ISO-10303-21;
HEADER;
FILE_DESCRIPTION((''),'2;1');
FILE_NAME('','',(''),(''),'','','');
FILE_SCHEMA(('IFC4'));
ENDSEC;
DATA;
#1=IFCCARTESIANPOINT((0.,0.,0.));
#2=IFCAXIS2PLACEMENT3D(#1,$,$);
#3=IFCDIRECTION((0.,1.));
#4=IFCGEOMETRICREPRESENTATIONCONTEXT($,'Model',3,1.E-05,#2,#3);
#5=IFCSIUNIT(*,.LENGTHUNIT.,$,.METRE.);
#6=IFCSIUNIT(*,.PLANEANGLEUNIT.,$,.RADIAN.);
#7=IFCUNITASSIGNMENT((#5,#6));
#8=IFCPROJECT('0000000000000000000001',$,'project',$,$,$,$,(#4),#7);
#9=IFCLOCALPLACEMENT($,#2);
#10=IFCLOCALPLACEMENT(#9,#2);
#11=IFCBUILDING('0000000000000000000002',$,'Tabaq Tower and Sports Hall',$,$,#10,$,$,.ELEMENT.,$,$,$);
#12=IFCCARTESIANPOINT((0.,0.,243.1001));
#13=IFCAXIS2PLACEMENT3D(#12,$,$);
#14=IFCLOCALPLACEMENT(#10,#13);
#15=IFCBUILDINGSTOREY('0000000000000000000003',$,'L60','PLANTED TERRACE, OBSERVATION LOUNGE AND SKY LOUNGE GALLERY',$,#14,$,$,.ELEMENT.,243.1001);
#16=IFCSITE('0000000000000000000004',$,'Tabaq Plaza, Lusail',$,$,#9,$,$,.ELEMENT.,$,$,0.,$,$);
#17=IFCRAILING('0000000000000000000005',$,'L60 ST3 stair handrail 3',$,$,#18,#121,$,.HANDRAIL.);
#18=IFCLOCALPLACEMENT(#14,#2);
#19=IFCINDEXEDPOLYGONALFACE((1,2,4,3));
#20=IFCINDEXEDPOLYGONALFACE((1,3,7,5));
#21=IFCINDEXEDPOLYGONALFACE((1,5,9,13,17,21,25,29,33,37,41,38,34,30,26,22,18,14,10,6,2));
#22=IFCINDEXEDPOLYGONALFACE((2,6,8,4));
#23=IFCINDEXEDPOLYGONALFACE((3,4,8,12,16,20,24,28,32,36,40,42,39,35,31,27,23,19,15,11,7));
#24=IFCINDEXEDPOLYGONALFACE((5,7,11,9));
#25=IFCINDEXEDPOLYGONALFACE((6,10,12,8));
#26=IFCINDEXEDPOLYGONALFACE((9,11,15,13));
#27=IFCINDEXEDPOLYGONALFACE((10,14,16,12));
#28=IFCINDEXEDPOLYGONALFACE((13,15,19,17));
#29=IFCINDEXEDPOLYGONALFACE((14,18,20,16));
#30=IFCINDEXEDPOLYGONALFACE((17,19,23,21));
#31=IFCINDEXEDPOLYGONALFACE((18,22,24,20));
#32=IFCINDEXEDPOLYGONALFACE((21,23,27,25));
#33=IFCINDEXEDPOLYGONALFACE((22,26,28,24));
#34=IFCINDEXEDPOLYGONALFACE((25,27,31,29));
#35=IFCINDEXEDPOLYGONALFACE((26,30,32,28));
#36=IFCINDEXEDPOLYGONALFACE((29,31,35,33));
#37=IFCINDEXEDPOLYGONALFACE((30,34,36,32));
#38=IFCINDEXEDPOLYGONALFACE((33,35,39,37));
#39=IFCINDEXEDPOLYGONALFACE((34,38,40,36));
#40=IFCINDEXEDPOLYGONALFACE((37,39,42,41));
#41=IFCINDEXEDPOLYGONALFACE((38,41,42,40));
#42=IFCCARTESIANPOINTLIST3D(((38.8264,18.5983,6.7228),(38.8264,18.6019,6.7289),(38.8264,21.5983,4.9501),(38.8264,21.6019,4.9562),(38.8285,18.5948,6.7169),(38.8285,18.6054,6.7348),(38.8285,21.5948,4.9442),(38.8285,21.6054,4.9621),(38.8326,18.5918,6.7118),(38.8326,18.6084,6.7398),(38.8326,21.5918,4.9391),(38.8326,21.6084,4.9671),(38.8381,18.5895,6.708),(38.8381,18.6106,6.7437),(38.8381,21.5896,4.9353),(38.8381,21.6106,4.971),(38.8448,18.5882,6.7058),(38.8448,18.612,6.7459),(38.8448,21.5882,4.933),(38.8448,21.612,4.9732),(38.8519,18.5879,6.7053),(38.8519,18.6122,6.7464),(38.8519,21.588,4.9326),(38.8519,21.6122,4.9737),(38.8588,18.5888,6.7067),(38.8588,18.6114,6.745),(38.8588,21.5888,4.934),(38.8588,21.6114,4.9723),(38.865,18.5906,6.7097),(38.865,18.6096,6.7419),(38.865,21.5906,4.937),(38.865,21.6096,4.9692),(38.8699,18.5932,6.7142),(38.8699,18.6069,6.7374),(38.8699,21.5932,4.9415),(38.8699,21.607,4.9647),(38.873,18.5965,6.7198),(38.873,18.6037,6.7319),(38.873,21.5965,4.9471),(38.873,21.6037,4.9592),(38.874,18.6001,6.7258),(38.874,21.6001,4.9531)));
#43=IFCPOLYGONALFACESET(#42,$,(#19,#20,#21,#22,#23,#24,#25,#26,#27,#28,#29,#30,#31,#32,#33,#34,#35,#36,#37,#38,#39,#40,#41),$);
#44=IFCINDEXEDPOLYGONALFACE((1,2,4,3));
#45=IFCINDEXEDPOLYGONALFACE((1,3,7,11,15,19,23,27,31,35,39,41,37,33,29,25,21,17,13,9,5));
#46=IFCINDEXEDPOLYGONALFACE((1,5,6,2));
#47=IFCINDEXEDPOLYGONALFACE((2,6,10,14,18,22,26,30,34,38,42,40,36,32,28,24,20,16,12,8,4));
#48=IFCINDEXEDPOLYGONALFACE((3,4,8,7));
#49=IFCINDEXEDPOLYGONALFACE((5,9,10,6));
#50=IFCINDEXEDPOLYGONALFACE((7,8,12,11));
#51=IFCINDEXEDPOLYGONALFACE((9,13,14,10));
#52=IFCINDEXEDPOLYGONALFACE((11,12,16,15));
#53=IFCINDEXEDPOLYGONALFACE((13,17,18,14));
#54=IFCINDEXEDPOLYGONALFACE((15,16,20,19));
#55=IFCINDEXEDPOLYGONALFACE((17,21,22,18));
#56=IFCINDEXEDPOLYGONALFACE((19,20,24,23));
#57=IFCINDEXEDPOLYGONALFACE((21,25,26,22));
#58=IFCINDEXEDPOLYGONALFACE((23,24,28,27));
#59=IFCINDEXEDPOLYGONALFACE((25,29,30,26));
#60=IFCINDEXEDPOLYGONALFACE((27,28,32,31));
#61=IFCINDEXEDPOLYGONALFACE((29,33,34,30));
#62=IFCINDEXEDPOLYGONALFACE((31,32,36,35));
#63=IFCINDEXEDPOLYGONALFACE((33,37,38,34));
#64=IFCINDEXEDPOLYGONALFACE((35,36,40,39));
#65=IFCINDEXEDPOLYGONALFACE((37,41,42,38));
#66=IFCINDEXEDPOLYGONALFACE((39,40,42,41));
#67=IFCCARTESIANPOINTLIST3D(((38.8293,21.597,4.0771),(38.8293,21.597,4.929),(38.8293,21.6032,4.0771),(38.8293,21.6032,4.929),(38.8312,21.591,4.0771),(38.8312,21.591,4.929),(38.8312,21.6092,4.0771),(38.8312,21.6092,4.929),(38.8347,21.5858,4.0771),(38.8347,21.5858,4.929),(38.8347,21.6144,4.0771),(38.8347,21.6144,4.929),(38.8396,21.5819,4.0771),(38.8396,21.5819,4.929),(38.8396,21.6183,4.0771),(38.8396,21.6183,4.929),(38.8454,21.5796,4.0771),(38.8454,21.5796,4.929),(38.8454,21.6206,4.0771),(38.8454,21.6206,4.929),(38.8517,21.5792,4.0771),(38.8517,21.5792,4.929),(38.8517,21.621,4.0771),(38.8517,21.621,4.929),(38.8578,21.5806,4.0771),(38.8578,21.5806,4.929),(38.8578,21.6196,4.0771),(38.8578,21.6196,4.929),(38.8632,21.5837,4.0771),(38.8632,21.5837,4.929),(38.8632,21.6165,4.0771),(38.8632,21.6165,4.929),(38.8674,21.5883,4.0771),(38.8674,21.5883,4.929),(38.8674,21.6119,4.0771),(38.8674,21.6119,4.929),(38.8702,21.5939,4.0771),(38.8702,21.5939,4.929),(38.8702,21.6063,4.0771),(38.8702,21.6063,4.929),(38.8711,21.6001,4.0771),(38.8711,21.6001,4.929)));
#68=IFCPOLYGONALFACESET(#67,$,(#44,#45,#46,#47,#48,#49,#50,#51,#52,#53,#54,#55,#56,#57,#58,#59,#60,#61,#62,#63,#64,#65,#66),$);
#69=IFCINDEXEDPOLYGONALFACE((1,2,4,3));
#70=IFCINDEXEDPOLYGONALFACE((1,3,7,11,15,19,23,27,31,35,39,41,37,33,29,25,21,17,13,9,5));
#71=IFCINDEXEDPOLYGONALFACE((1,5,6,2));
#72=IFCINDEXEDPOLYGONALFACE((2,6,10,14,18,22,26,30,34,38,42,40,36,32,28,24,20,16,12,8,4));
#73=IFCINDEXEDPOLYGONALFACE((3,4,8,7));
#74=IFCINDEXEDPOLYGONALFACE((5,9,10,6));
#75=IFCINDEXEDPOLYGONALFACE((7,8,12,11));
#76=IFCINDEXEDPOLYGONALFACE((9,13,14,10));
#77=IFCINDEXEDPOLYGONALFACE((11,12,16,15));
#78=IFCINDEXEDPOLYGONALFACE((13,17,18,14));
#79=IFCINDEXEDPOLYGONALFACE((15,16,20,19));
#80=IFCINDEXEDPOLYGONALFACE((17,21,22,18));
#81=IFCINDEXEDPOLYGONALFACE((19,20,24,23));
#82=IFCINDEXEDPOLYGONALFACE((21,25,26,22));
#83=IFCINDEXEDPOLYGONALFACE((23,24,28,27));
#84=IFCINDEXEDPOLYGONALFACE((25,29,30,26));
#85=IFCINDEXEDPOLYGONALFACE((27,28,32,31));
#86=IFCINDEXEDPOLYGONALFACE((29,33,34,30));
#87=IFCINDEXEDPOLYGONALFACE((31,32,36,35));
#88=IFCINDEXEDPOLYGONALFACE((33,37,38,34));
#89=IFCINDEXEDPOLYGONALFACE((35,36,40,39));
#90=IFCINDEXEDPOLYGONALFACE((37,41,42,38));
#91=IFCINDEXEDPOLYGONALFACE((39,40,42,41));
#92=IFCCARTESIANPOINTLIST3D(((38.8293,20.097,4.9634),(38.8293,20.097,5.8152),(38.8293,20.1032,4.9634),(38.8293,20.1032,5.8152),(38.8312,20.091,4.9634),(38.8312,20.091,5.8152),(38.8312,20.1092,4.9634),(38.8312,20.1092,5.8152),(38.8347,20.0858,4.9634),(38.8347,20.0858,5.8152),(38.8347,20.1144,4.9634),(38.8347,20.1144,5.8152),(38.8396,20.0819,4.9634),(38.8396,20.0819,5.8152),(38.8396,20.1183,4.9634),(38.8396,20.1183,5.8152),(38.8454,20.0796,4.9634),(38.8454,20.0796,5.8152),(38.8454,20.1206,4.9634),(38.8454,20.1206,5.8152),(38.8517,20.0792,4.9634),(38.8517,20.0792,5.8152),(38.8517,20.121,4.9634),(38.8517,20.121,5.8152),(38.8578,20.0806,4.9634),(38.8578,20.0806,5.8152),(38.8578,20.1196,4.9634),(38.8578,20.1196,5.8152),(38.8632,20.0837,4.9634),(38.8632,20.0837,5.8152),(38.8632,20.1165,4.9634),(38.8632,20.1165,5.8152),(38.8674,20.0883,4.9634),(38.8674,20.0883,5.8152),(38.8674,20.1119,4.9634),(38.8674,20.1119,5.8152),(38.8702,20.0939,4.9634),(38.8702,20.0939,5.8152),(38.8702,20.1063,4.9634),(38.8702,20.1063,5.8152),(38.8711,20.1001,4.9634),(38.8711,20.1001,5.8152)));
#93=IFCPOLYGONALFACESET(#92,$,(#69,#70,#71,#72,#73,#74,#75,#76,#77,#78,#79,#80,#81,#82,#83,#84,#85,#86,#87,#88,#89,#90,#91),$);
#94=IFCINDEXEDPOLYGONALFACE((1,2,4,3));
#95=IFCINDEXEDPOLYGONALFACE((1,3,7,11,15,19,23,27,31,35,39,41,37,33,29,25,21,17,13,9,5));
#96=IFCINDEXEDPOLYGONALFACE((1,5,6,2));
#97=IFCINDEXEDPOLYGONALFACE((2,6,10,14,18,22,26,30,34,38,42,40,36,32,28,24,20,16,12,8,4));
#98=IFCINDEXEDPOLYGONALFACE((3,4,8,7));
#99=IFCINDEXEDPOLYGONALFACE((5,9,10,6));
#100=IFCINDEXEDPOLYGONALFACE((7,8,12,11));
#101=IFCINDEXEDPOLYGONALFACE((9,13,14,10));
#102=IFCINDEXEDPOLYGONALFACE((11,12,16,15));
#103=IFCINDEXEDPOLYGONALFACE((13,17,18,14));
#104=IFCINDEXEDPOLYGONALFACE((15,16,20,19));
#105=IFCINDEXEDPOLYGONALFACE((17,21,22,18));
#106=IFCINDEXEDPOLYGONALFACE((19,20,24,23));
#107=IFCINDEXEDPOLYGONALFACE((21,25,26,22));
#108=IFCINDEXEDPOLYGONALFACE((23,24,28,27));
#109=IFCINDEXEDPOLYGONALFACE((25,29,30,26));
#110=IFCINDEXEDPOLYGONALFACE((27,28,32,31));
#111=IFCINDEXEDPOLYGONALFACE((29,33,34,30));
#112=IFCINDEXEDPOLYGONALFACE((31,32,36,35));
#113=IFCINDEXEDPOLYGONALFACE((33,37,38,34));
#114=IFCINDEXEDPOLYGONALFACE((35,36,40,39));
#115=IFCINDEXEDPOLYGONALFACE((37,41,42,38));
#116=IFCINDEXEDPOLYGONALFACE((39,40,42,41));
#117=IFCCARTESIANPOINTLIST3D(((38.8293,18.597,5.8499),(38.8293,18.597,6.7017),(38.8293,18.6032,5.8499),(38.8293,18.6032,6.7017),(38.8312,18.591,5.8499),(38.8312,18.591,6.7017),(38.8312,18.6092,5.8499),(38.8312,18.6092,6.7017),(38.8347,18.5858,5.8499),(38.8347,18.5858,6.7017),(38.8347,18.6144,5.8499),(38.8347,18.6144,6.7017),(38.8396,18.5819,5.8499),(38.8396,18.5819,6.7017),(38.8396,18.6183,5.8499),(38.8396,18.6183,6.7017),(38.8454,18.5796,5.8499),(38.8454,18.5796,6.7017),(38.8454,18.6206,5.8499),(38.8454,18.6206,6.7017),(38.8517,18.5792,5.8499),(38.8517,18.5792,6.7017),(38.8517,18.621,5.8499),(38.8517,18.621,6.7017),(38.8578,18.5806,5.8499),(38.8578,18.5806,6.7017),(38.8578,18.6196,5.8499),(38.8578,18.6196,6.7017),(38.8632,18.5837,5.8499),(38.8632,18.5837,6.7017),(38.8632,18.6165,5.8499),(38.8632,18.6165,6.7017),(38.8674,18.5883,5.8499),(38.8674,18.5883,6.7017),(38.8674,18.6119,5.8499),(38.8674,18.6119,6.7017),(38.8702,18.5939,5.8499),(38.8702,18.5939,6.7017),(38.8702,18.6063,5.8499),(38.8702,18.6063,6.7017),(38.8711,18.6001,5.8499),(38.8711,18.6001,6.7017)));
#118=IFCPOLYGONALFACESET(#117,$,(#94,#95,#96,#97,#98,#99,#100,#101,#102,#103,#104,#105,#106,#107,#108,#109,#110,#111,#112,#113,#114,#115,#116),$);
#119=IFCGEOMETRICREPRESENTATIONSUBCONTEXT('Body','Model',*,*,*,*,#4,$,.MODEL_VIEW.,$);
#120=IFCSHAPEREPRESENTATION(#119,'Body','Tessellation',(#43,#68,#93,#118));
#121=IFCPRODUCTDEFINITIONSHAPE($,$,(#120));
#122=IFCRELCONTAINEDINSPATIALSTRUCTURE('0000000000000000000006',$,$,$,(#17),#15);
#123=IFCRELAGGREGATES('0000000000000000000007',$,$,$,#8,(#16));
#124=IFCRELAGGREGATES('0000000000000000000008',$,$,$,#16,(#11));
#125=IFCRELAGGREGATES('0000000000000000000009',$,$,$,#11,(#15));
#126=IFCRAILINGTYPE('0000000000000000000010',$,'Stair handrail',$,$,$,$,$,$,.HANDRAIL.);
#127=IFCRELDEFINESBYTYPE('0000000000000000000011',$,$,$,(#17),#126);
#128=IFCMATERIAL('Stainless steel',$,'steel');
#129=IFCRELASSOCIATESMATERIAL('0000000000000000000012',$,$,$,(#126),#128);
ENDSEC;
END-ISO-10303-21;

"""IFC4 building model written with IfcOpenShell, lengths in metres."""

from ifc_helpers import new_model, si_unit, direction, frame, origin, origin_2d, place, context, subcontext, project, spatial, circle, extrude, material, type_object, element, save


model = new_model("IFC4")

# Units and contexts
model_context = context("Model", 3, precision=1e-05, world=origin(), true_north=direction((0.0, 1.0)))
body_context = subcontext(model_context, "Body", "Model", "MODEL_VIEW")
ifc_project = project(units=[si_unit("LENGTHUNIT", "METRE"), si_unit("PLANEANGLEUNIT", "RADIAN")], contexts=[model_context])

# Site, building, storey
site_placement = place(None, origin())
site = spatial("IfcSite", under=ifc_project, at=site_placement, Name="Tabaq Plaza, Lusail", CompositionType="ELEMENT", RefElevation=0.0)
building_placement = place(site_placement, origin())
building = spatial("IfcBuilding", under=site, at=building_placement, Name="Tabaq Tower and Sports Hall", CompositionType="ELEMENT")
storey_placement = place(building_placement, frame((0.0, 0.0, 243.1001)))
storey = spatial("IfcBuildingStorey", under=building, at=storey_placement, Name="L60", Description="PLANTED TERRACE, OBSERVATION LOUNGE AND SKY LOUNGE GALLERY", CompositionType="ELEMENT", Elevation=243.1001)

# Railing
ifc_material_1 = material(Name="Stainless steel", Category="steel")
railing_type_1 = type_object("IfcRailingType", Name="Stair handrail", PredefinedType="HANDRAIL", material=ifc_material_1)
for number, where, name in (
    (1, (38.8501, 21.6001, 4.0771), "L60 ST3 stair handrail 3"),
):
    element("IfcRailing", number, at=place(storey_placement, frame(where)), inside=storey, type_object=railing_type_1, Name=name, PredefinedType="HANDRAIL", context=body_context, shape_type="SweptSolid", body=[
        extrude(circle(Radius=0.0239, at=origin_2d()), frame((0.0, 0.0, 0.876), z_axis=(0.0, -0.860929, 0.508725), x_axis=(1.0, 0.0, 0.0)), (0.0, 0.0, 1.0), 3.4846),
        extrude(circle(Radius=0.021, at=origin_2d()), origin(), (0.0, 0.0, 1.0), 0.8518),
        extrude(circle(Radius=0.021, at=origin_2d()), frame((0.0, -1.5, 0.8862)), (0.0, 0.0, 1.0), 0.8518),
        extrude(circle(Radius=0.021, at=origin_2d()), frame((0.0, -3.0, 1.7727)), (0.0, 0.0, 1.0), 0.8518),
    ])

save(model, "model.ifc")
